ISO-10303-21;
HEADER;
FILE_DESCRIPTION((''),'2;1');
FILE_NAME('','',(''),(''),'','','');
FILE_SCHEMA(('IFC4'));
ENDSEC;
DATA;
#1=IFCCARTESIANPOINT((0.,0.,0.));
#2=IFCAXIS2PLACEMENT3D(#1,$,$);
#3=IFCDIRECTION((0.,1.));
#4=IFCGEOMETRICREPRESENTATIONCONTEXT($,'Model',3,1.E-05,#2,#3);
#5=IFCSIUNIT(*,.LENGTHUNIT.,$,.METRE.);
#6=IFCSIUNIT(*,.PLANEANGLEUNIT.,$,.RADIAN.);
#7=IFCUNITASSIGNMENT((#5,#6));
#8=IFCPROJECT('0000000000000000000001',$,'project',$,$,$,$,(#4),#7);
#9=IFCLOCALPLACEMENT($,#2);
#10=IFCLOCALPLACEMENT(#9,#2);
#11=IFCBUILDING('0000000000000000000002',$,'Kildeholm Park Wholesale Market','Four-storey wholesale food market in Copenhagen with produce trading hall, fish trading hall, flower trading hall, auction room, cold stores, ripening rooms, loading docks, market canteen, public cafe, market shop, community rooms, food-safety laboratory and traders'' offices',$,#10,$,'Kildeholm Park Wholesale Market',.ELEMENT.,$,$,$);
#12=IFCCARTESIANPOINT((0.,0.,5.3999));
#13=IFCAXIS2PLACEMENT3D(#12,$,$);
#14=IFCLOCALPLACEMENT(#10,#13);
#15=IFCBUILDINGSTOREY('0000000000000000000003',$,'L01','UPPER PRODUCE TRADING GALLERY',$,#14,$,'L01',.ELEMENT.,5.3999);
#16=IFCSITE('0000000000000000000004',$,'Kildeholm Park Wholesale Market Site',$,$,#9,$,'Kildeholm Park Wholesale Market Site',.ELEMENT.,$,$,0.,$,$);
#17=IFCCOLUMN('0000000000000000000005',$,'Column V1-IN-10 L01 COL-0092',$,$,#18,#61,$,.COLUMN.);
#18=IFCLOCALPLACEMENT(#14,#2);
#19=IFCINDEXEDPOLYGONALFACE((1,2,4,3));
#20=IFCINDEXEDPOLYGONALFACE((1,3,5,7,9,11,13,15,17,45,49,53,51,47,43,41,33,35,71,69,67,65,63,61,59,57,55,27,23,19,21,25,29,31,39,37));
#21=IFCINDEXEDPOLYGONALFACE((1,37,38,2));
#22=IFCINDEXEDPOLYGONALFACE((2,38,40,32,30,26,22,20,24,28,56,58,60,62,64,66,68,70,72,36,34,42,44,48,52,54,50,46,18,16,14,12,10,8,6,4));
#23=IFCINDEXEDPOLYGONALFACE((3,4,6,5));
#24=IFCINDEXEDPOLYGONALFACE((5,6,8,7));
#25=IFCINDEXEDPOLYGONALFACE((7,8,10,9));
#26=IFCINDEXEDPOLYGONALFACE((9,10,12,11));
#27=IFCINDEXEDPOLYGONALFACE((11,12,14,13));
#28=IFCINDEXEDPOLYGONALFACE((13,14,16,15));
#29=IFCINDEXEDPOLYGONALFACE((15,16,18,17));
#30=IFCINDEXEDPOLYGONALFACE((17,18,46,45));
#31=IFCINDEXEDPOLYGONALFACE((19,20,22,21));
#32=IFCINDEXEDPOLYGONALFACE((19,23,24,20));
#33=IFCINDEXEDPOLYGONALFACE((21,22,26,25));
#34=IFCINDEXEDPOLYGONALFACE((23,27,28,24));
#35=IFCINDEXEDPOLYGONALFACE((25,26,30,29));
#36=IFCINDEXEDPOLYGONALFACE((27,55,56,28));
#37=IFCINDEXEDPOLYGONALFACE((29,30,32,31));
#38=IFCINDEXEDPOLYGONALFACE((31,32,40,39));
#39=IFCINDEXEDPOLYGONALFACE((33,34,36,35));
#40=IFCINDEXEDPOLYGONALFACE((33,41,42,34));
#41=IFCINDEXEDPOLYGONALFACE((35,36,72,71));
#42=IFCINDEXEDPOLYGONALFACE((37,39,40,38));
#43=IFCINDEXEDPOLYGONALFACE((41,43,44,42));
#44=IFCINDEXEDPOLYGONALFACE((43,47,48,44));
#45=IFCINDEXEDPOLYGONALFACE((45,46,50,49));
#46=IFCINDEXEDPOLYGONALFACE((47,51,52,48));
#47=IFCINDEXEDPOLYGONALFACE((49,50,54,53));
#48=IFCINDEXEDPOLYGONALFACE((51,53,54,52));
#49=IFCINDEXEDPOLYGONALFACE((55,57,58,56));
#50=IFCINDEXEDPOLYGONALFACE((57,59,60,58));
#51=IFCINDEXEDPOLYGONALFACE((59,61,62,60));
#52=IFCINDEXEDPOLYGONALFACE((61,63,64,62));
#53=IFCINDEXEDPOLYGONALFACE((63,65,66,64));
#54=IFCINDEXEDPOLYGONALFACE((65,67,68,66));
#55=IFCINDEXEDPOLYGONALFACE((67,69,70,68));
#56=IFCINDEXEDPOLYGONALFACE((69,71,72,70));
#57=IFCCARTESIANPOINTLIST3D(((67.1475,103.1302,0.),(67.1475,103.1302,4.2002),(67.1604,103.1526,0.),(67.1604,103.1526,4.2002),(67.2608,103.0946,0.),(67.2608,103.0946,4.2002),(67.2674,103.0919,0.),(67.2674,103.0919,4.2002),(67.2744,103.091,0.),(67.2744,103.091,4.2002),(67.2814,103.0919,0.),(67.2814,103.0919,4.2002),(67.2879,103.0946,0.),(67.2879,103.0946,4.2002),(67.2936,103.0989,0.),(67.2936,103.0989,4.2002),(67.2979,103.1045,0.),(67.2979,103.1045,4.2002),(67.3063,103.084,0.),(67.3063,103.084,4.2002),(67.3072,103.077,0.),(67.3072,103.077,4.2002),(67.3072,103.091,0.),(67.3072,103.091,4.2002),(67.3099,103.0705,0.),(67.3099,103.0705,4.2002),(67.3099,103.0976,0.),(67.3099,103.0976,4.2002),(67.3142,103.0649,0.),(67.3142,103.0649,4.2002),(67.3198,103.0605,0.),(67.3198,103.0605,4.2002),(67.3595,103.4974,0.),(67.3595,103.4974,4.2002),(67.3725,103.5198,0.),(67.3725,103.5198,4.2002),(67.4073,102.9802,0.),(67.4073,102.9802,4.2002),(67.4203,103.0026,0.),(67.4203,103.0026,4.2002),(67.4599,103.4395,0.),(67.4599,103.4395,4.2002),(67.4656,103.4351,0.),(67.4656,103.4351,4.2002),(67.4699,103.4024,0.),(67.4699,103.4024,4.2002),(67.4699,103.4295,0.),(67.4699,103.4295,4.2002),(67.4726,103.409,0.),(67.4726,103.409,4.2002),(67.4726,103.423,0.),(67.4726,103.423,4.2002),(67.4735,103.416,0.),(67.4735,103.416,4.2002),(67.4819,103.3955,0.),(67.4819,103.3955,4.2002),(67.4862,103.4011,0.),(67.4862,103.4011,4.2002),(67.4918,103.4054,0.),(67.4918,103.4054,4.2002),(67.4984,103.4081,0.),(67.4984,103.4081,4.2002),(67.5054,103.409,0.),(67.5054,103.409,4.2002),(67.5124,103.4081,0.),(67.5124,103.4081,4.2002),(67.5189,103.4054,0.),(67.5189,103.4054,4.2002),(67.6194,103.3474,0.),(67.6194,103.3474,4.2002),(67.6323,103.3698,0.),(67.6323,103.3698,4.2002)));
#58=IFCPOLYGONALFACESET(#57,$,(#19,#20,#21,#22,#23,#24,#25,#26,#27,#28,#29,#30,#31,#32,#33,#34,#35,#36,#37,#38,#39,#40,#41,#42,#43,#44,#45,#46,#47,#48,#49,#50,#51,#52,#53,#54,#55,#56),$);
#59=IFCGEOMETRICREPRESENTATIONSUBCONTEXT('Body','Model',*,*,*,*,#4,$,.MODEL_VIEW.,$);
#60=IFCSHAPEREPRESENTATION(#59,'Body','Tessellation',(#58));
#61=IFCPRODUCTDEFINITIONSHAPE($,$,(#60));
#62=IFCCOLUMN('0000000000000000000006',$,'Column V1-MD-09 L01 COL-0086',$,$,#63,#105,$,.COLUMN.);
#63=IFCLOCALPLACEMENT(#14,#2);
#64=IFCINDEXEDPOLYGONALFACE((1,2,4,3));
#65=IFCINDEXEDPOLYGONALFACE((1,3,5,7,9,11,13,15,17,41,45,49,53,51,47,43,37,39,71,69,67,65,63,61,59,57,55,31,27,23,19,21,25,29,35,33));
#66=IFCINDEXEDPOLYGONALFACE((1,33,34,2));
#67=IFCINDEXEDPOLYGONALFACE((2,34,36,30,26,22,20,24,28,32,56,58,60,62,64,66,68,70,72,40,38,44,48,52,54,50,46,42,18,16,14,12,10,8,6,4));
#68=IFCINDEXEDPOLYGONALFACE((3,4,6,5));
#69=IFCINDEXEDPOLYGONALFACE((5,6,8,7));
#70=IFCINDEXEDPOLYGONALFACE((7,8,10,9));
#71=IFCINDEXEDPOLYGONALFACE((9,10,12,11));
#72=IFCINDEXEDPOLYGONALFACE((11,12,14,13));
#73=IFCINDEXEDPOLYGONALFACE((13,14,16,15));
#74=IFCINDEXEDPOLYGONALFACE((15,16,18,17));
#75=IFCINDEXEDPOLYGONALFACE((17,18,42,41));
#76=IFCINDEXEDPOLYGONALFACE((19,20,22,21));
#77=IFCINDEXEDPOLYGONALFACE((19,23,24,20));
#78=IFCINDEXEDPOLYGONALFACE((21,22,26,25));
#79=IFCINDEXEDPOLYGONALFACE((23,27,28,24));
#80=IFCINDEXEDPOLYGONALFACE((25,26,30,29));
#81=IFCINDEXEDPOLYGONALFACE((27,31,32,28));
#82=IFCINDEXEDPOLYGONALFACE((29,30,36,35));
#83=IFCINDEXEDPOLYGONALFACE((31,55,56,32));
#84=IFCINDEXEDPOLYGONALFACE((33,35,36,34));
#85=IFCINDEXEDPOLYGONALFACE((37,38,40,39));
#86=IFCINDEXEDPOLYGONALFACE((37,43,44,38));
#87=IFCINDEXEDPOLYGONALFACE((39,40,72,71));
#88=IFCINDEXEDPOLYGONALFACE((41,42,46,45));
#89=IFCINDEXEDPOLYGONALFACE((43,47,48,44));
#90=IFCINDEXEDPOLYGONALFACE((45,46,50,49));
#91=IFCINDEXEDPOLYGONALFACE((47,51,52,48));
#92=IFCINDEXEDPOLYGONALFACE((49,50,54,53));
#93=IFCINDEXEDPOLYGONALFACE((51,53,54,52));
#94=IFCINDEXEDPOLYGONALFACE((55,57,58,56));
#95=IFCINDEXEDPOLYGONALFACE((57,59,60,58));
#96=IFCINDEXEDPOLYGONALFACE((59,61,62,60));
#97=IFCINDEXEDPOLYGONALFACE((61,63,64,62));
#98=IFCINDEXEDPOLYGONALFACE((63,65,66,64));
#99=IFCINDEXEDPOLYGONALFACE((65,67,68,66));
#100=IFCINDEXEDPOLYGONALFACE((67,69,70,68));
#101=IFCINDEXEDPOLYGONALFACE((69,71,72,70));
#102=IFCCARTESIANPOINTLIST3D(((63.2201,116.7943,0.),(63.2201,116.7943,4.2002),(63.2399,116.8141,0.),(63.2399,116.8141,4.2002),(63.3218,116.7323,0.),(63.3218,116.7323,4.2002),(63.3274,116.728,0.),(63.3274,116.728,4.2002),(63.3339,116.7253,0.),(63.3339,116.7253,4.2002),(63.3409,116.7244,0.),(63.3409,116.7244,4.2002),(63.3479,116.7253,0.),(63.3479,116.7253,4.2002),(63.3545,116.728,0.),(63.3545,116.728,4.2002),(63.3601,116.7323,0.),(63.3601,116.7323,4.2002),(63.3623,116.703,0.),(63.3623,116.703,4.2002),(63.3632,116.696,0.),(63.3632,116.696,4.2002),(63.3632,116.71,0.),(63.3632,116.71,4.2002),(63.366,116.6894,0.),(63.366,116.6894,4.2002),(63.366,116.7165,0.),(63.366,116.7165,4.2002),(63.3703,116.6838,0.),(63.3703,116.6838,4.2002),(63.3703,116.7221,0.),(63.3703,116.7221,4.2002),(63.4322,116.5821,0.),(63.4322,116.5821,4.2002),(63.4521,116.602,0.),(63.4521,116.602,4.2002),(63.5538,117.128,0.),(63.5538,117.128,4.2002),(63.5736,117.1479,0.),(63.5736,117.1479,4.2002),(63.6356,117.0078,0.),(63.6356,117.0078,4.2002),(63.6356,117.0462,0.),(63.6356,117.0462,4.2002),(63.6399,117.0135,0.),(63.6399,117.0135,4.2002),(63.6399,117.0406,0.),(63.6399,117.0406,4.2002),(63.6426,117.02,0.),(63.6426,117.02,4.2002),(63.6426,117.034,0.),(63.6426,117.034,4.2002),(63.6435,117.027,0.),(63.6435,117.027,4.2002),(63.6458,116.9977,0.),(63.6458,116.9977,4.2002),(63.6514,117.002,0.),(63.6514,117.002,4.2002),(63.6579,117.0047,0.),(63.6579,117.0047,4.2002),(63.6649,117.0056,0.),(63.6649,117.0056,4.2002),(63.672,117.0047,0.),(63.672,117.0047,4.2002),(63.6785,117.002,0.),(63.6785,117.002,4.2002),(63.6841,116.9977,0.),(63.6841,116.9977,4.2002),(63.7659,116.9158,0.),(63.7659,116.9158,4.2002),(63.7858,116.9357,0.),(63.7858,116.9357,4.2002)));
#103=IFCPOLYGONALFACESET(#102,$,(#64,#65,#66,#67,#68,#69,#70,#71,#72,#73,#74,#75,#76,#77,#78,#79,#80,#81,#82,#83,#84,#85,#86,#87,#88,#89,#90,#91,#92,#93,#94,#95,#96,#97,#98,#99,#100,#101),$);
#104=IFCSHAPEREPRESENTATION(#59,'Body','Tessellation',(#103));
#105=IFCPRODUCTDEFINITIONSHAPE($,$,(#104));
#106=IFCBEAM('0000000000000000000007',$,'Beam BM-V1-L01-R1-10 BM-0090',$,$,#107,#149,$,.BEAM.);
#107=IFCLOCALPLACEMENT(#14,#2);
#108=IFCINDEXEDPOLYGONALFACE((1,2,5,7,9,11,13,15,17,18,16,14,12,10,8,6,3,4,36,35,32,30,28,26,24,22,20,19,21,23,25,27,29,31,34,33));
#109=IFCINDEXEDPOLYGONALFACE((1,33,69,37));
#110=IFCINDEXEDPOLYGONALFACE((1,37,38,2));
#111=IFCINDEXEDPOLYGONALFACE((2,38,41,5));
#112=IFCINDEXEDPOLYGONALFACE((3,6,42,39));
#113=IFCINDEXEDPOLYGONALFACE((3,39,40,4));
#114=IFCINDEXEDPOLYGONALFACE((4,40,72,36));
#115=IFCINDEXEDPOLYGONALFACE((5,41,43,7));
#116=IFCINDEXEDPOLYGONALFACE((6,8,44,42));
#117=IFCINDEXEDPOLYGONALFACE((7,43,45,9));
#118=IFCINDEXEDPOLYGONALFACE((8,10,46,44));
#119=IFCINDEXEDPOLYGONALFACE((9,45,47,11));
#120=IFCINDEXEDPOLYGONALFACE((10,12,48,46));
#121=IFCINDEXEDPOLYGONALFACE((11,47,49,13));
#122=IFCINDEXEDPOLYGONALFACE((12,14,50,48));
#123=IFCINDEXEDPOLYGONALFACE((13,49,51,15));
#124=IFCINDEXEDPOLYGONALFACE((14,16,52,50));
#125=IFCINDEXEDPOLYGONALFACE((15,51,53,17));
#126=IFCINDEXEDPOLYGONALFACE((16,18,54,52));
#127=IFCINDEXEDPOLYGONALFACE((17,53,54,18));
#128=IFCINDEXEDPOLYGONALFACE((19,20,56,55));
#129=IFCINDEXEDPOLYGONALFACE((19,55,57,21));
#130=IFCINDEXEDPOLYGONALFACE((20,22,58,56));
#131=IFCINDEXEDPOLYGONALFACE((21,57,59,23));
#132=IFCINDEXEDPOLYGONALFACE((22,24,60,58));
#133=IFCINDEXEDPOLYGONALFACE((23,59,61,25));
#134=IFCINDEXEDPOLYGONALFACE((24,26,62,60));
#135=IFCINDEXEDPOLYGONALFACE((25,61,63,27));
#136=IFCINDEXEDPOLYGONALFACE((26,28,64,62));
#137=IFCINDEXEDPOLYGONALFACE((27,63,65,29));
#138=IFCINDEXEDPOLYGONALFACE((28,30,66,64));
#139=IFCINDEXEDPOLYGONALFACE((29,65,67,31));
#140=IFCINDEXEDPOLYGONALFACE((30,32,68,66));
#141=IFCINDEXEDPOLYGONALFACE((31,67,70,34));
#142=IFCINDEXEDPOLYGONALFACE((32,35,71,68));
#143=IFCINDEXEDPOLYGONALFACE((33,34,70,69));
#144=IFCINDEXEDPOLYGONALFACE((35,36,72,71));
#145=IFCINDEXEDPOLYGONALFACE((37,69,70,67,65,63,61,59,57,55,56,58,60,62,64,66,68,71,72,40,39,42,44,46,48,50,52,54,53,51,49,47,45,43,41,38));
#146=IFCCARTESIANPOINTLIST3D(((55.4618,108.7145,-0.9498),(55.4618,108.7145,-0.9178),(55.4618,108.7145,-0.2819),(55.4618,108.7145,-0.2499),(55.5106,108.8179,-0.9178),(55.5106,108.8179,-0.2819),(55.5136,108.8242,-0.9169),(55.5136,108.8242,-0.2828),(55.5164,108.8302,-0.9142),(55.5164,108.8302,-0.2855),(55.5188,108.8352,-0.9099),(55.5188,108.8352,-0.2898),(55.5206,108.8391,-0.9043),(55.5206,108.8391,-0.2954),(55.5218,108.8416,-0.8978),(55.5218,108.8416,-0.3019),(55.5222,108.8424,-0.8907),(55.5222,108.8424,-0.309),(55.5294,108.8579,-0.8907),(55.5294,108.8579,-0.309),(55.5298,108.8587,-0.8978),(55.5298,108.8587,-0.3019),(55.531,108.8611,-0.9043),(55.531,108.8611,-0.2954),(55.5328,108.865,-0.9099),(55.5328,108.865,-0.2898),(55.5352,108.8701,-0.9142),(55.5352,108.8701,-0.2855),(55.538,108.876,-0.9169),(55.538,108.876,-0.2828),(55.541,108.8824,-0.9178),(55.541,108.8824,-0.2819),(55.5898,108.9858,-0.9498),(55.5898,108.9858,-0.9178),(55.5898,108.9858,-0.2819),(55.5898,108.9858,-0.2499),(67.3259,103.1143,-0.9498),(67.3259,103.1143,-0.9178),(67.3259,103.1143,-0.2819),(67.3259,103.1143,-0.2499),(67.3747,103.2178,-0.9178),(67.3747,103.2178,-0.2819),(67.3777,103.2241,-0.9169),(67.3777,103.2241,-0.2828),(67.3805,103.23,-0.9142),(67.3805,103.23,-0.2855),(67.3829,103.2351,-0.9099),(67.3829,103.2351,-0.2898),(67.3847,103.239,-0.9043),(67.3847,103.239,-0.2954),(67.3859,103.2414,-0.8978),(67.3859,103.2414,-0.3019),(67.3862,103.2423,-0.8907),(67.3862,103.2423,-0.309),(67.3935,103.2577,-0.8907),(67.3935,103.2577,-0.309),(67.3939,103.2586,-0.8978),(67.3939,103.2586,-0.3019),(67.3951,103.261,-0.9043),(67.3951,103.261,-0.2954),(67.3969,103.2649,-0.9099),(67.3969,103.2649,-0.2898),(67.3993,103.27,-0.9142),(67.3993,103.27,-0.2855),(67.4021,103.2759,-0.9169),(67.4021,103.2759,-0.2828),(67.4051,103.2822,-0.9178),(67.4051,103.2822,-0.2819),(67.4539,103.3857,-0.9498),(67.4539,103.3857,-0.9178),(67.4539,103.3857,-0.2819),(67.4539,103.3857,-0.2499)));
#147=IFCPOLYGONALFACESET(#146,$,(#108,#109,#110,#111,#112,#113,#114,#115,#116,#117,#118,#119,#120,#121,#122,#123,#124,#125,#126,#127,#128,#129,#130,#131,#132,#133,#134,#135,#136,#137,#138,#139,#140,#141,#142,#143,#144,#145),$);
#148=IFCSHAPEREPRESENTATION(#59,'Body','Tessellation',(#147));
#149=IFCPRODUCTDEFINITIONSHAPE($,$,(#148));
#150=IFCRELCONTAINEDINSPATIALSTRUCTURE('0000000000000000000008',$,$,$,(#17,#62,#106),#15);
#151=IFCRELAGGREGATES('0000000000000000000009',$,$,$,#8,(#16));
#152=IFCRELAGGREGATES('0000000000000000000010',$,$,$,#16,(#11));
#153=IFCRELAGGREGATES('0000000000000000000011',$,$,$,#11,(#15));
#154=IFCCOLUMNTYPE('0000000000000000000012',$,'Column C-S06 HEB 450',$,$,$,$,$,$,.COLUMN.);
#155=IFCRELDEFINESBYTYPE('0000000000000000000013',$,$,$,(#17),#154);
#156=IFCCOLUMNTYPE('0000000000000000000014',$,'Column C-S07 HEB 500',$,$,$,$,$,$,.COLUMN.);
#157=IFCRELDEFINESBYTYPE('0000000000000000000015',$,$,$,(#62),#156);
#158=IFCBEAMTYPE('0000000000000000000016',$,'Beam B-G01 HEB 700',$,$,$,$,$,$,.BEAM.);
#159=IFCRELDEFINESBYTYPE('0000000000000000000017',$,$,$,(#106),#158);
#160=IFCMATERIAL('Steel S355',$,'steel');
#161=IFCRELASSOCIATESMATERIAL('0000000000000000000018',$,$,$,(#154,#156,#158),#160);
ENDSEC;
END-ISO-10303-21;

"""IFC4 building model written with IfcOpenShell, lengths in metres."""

from ifc_helpers import new_model, si_unit, direction, frame, origin, origin_2d, place, context, subcontext, project, spatial, i_section, extrude, material, material_profile, profile_set, type_object, element, save


model = new_model("IFC4")

# Units and contexts
model_context = context("Model", 3, precision=1e-05, world=origin(), true_north=direction((0.0, 1.0)))
body_context = subcontext(model_context, "Body", "Model", "MODEL_VIEW")
ifc_project = project(units=[si_unit("LENGTHUNIT", "METRE"), si_unit("PLANEANGLEUNIT", "RADIAN")], contexts=[model_context])

# Site, building, storey
site_placement = place(None, origin())
site = spatial("IfcSite", under=ifc_project, at=site_placement, Name="Kildeholm Park Wholesale Market Site", LongName="Kildeholm Park Wholesale Market Site", CompositionType="ELEMENT", RefElevation=0.0)
building_placement = place(site_placement, origin())
building = spatial("IfcBuilding", under=site, at=building_placement, Name="Kildeholm Park Wholesale Market", Description="Four-storey wholesale food market in Copenhagen with produce trading hall, fish trading hall, flower trading hall, auction room, cold stores, ripening rooms, loading docks, market canteen, public cafe, market shop, community rooms, food-safety laboratory and traders' offices", LongName="Kildeholm Park Wholesale Market", CompositionType="ELEMENT")
storey_placement = place(building_placement, frame((0.0, 0.0, 5.3999)))
storey = spatial("IfcBuildingStorey", under=building, at=storey_placement, Name="L01", Description="UPPER PRODUCE TRADING GALLERY", LongName="L01", CompositionType="ELEMENT", Elevation=5.3999)

# Columns
ifc_material_1 = material(Name="Steel S355", Category="steel")
ifc_material_profile_1 = material_profile(ifc_material_1, i_section(OverallWidth=0.3, OverallDepth=0.45, WebThickness=0.0139, FlangeThickness=0.0259, FilletRadius=0.0271, at=origin_2d()), Name="HEB 450")
ifc_profile_set_1 = profile_set([ifc_material_profile_1], Name="Steel S355")
column_type_1 = type_object("IfcColumnType", Name="Column C-S06 HEB 450", PredefinedType="COLUMN", material=ifc_profile_set_1)
column_1_placement = place(storey_placement, frame((67.3899, 103.25, 0.0), z_axis=(0.0, 0.0, 1.0), x_axis=(-0.866025, 0.5, 0.0)))
element("IfcColumn", 1, at=column_1_placement, inside=storey, type_object=column_type_1, Name="Column V1-IN-10 L01 COL-0092", PredefinedType="COLUMN", context=body_context, shape_type="SweptSolid", body=[
    extrude(i_section(OverallWidth=0.3, OverallDepth=0.45, WebThickness=0.0139, FlangeThickness=0.0259, FilletRadius=0.0271, at=origin_2d()), origin(), (0.0, 0.0, 1.0), 4.2002),
])
ifc_material_profile_2 = material_profile(ifc_material_1, i_section(OverallWidth=0.3, OverallDepth=0.5, WebThickness=0.0144, FlangeThickness=0.0281, FilletRadius=0.0271, at=origin_2d()), Name="HEB 500")
ifc_profile_set_2 = profile_set([ifc_material_profile_2], Name="Steel S355")
column_type_2 = type_object("IfcColumnType", Name="Column C-S07 HEB 500", PredefinedType="COLUMN", material=ifc_profile_set_2)
column_2_placement = place(storey_placement, frame((63.5029, 116.865, 0.0), z_axis=(0.0, 0.0, 1.0), x_axis=(-0.707107, 0.707107, 0.0)))
element("IfcColumn", 2, at=column_2_placement, inside=storey, type_object=column_type_2, Name="Column V1-MD-09 L01 COL-0086", PredefinedType="COLUMN", context=body_context, shape_type="SweptSolid", body=[
    extrude(i_section(OverallWidth=0.3, OverallDepth=0.5, WebThickness=0.0144, FlangeThickness=0.0281, FilletRadius=0.0271, at=origin_2d()), origin(), (0.0, 0.0, 1.0), 4.2002),
])

# Beam
ifc_material_profile_3 = material_profile(ifc_material_1, i_section(OverallWidth=0.3, OverallDepth=0.7, WebThickness=0.0171, FlangeThickness=0.032, FilletRadius=0.0271, at=origin_2d()), Name="HEB 700")
ifc_profile_set_3 = profile_set([ifc_material_profile_3], Name="Steel S355")
beam_type_1 = type_object("IfcBeamType", Name="Beam B-G01 HEB 700", PredefinedType="BEAM", material=ifc_profile_set_3)
beam_1_placement = place(storey_placement, frame((67.3899, 103.25, -0.5999), z_axis=(-0.904318, 0.42686, 0.0), x_axis=(-0.42686, -0.904318, 0.0)))
element("IfcBeam", 3, at=beam_1_placement, inside=storey, type_object=beam_type_1, Name="Beam BM-V1-L01-R1-10 BM-0090", PredefinedType="BEAM", context=body_context, shape_type="SweptSolid", body=[
    extrude(i_section(OverallWidth=0.3, OverallDepth=0.7, WebThickness=0.0171, FlangeThickness=0.032, FilletRadius=0.0271, at=origin_2d()), origin(), (0.0, 0.0, 1.0), 13.1194),
])

save(model, "model.ifc")
